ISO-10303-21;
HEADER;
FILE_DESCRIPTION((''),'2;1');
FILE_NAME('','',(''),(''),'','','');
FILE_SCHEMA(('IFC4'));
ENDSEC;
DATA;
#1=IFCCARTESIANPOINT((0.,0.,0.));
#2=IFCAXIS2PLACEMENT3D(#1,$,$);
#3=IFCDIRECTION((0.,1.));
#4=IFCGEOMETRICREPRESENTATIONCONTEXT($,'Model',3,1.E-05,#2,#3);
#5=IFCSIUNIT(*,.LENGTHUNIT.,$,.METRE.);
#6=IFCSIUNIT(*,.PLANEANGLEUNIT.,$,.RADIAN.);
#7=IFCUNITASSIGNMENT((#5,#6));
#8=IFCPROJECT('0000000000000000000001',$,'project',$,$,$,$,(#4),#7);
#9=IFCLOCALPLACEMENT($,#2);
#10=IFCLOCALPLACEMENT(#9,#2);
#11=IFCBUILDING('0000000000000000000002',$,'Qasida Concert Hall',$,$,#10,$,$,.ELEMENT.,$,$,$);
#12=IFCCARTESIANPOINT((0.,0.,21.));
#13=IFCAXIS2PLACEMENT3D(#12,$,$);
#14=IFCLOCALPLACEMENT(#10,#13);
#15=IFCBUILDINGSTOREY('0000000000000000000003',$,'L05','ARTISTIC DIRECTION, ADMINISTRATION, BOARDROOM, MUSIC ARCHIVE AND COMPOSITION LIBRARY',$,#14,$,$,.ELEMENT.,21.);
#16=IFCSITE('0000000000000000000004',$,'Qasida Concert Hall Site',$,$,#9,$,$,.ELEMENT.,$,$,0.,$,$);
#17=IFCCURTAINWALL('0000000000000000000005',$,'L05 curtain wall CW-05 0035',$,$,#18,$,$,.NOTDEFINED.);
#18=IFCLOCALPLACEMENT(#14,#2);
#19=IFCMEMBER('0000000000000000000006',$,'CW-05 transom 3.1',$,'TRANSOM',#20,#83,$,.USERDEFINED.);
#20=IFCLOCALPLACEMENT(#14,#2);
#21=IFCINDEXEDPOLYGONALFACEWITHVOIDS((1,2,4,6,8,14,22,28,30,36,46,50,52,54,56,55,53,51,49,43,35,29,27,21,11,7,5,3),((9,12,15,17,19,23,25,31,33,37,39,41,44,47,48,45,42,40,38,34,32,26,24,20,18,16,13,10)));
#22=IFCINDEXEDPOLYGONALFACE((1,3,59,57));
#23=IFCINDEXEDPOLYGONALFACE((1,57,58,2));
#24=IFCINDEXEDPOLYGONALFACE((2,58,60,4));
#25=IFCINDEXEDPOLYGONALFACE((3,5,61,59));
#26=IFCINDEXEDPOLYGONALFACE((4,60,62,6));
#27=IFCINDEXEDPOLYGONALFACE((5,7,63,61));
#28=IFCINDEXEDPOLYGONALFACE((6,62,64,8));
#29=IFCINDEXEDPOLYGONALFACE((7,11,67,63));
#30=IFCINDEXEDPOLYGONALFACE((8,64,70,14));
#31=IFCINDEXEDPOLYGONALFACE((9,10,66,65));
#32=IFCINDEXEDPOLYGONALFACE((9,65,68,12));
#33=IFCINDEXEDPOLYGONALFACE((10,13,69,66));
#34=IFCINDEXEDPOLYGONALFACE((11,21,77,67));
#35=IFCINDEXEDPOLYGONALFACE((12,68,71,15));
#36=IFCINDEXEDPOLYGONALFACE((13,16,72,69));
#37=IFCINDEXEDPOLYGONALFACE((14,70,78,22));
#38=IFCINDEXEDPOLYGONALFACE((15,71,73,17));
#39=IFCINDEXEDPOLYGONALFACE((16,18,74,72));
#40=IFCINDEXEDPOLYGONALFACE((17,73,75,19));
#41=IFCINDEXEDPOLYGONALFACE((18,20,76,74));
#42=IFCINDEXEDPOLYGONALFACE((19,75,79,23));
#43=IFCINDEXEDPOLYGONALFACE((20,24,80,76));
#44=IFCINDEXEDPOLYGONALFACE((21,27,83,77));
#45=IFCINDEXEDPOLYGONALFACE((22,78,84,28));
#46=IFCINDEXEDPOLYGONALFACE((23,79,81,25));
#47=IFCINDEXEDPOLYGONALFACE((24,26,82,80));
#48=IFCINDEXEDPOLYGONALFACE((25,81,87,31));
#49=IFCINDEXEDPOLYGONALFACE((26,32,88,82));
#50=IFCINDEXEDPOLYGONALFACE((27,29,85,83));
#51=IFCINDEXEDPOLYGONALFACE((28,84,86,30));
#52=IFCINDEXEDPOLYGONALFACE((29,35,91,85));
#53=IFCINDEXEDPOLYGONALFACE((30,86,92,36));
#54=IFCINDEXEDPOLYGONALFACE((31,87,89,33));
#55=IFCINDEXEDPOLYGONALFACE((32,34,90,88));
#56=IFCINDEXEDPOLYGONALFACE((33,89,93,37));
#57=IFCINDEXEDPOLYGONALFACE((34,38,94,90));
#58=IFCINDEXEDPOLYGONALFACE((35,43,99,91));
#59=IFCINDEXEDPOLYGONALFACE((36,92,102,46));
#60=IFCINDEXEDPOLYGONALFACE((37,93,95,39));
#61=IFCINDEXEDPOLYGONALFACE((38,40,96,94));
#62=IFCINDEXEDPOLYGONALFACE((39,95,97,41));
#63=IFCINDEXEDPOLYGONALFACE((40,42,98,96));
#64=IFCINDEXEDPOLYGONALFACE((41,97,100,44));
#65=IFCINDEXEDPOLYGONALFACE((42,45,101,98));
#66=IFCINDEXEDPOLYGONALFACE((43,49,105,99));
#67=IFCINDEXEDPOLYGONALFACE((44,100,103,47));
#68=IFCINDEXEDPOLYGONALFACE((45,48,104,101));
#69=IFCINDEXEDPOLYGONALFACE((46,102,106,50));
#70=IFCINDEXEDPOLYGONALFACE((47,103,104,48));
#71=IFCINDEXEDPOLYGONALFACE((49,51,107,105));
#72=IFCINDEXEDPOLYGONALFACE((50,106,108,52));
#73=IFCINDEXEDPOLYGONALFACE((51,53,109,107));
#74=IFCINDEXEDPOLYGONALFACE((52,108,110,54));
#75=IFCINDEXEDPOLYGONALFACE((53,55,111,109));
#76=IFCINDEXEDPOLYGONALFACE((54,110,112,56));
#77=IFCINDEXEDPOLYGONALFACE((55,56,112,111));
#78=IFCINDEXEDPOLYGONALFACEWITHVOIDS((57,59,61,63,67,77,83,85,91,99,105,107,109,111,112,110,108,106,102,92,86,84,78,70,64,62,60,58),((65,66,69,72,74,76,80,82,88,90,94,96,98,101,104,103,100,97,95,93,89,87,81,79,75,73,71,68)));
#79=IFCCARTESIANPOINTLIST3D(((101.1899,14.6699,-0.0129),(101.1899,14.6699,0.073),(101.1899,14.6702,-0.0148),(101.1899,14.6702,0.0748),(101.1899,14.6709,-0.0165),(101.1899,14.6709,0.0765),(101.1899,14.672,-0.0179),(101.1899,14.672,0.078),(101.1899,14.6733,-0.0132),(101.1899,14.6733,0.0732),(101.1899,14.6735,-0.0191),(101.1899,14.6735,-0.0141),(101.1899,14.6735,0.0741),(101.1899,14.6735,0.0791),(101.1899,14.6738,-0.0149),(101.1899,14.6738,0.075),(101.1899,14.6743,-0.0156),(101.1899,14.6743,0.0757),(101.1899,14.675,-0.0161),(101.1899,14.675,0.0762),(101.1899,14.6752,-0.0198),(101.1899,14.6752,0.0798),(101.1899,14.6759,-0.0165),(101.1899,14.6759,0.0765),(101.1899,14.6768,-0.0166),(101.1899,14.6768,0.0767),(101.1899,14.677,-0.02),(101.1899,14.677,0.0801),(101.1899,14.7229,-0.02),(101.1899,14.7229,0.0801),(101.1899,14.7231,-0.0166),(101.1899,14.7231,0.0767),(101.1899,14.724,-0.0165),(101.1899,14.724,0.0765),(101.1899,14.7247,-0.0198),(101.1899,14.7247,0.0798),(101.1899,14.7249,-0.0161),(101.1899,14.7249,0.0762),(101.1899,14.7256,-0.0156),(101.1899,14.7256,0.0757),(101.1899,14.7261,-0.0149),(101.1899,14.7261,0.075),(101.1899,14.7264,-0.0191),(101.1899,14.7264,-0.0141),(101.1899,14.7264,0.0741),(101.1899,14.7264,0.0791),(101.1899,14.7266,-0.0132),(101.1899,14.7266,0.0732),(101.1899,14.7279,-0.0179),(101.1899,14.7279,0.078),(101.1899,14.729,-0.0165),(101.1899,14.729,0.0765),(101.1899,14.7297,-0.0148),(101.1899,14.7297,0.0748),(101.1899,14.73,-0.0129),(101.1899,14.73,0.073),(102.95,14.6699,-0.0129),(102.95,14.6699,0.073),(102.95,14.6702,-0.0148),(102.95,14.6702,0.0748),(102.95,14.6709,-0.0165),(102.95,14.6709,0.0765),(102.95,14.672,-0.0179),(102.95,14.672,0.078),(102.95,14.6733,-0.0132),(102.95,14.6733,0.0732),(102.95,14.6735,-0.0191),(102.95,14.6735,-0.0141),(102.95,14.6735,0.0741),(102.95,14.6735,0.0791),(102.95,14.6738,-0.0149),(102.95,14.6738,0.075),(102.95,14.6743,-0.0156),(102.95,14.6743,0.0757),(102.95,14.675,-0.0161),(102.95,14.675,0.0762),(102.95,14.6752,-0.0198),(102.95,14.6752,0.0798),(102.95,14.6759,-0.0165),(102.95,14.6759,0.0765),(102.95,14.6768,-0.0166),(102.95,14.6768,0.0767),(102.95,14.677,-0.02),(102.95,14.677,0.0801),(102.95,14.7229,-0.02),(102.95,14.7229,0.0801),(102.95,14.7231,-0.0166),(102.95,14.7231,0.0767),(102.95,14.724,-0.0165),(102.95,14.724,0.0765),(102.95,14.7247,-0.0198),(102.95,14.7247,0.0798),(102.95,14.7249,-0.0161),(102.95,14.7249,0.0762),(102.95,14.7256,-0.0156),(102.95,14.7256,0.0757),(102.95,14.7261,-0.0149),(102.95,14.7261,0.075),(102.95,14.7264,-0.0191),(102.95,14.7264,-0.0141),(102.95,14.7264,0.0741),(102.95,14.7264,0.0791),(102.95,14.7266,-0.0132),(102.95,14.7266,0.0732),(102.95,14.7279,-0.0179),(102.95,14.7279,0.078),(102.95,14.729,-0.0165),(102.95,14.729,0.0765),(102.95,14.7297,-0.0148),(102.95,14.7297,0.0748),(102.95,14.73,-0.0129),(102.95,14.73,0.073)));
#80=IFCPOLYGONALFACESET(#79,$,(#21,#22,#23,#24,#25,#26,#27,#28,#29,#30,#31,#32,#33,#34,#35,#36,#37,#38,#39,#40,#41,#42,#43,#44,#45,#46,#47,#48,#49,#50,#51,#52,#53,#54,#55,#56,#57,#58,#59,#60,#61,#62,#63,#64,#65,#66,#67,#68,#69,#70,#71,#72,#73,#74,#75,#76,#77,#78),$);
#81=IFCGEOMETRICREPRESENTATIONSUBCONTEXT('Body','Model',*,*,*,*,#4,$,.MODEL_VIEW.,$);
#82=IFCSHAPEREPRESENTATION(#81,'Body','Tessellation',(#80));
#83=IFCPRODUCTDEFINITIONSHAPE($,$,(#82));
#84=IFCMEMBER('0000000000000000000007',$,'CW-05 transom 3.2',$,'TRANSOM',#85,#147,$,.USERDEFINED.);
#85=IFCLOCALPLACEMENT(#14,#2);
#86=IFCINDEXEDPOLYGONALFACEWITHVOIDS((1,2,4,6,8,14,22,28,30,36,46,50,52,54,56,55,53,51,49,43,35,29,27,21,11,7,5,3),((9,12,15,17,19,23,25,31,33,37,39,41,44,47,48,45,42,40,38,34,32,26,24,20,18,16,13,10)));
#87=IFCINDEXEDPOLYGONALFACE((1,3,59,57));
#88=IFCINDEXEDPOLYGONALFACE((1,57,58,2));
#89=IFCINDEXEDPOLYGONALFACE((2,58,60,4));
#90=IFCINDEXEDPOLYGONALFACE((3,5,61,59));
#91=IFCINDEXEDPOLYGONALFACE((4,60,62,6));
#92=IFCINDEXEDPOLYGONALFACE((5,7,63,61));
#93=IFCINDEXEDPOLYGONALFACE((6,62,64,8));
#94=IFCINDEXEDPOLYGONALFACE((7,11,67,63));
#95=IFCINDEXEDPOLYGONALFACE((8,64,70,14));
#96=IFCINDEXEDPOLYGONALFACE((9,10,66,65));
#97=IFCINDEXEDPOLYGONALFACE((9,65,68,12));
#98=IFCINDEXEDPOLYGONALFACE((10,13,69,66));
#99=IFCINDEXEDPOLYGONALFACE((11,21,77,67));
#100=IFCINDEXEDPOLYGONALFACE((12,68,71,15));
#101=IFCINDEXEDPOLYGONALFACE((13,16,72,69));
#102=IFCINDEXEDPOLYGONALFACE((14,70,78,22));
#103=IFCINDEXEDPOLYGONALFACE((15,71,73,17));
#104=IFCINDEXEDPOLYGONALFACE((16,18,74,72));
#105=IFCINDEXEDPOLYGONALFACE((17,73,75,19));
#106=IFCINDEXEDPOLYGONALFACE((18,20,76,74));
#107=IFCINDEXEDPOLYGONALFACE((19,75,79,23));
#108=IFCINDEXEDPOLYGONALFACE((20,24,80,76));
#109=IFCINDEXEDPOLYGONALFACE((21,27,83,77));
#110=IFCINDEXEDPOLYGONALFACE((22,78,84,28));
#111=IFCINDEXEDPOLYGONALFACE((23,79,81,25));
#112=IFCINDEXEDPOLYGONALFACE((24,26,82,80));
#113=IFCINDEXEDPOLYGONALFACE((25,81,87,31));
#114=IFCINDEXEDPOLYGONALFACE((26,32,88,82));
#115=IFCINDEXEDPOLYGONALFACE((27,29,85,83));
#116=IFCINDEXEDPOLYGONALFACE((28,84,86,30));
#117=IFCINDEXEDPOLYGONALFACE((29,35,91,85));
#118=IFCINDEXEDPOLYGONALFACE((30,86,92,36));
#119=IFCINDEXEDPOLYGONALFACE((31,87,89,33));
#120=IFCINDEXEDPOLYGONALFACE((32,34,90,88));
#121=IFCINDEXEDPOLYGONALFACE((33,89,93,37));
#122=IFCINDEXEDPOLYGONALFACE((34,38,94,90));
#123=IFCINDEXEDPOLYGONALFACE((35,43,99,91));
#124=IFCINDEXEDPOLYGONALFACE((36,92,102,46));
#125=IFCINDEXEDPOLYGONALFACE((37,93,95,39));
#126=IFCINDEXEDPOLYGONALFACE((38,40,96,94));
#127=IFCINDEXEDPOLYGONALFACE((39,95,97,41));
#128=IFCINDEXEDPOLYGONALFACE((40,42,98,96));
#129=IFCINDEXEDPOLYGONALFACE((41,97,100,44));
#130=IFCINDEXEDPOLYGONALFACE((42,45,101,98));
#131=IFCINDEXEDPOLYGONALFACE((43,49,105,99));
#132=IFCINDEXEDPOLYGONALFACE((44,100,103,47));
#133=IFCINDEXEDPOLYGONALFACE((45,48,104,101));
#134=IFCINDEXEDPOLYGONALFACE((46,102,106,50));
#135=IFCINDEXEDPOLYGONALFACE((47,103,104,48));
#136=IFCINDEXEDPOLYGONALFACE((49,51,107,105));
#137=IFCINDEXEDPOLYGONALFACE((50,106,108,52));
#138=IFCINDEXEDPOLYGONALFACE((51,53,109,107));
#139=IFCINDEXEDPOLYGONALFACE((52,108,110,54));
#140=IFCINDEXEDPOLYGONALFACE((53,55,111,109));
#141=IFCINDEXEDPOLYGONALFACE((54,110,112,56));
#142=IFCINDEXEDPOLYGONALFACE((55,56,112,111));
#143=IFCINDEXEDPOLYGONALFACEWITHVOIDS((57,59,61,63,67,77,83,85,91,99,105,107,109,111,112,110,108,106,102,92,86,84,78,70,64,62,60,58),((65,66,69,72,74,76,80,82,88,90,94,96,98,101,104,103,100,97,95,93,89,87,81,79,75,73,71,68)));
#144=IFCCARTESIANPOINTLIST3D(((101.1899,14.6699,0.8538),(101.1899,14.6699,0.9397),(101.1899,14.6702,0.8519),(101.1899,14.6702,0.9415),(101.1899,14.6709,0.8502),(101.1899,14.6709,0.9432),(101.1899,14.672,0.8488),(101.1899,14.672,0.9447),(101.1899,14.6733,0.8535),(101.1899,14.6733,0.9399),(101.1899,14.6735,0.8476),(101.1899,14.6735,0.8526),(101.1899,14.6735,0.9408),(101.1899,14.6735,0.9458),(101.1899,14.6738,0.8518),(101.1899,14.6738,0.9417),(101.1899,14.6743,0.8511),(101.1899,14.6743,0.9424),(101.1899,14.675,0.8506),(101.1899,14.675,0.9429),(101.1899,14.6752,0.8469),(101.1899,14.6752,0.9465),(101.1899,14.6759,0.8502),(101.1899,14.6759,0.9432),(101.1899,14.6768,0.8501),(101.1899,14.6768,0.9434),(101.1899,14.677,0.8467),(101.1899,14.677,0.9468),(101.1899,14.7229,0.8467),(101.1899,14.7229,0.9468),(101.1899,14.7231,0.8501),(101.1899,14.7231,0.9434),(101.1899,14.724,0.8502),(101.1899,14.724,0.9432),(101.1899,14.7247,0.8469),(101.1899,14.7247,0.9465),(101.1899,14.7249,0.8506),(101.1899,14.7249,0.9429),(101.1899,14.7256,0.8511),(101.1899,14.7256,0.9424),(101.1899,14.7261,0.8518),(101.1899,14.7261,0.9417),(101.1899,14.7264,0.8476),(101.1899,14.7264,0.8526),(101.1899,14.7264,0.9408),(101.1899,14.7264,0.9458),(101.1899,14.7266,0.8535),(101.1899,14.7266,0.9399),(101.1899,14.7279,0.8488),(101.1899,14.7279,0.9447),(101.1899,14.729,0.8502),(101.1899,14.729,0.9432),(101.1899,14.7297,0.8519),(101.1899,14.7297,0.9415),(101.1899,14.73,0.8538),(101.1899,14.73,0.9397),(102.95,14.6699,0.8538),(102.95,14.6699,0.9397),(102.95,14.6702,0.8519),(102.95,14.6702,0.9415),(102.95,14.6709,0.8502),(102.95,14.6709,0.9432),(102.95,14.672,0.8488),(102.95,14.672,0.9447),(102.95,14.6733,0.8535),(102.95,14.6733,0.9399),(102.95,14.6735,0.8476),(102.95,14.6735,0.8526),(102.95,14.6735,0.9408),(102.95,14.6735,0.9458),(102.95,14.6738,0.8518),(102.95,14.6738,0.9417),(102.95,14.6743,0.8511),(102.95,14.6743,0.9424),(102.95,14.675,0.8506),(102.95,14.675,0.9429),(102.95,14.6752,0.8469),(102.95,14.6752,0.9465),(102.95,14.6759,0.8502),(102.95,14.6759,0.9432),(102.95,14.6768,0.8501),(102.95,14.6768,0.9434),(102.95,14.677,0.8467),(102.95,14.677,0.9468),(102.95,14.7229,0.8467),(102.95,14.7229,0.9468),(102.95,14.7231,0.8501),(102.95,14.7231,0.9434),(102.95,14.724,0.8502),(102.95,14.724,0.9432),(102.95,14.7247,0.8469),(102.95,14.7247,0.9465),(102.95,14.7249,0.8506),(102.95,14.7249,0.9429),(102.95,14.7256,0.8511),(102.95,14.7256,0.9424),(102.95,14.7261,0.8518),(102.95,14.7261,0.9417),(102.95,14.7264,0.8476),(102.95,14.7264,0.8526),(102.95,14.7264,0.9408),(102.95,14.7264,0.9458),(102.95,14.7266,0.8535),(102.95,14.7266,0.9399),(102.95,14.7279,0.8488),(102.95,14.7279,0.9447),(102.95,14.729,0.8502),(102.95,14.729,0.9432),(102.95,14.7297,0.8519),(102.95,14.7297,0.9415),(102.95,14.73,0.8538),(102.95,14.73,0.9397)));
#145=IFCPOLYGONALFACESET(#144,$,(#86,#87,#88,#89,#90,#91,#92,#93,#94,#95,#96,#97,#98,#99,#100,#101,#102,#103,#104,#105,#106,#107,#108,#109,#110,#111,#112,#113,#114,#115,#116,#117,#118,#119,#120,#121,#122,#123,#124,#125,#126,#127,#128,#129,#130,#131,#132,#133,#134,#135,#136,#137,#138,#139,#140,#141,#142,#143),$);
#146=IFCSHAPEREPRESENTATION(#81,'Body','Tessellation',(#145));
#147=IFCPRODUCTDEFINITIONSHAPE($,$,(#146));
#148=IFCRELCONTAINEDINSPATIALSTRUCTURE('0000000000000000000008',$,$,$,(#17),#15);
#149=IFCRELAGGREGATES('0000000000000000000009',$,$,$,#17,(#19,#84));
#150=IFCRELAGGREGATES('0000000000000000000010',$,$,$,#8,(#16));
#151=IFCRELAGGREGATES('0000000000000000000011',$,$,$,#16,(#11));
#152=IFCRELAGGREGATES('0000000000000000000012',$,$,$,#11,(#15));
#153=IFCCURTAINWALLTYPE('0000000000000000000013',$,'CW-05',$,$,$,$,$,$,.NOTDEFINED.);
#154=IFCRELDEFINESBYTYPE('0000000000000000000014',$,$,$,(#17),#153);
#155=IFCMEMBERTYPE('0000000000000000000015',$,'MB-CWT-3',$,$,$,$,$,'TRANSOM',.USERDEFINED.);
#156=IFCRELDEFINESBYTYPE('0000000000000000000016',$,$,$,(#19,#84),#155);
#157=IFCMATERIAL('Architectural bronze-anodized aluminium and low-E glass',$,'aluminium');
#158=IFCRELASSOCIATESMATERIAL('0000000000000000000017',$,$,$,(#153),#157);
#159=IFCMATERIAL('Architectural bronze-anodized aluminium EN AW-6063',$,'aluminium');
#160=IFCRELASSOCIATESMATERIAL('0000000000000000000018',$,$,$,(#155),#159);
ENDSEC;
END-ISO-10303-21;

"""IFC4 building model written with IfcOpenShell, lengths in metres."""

from ifc_helpers import new_model, si_unit, direction, frame, origin, origin_2d, place, context, subcontext, project, spatial, hollow_rectangle, extrude, material, material_profile, profile_set, type_object, element, aggregate, save


model = new_model("IFC4")

# Units and contexts
model_context = context("Model", 3, precision=1e-05, world=origin(), true_north=direction((0.0, 1.0)))
body_context = subcontext(model_context, "Body", "Model", "MODEL_VIEW")
ifc_project = project(units=[si_unit("LENGTHUNIT", "METRE"), si_unit("PLANEANGLEUNIT", "RADIAN")], contexts=[model_context])

# Site, building, storey
site_placement = place(None, origin())
site = spatial("IfcSite", under=ifc_project, at=site_placement, Name="Qasida Concert Hall Site", CompositionType="ELEMENT", RefElevation=0.0)
building_placement = place(site_placement, origin())
building = spatial("IfcBuilding", under=site, at=building_placement, Name="Qasida Concert Hall", CompositionType="ELEMENT")
storey_placement = place(building_placement, frame((0.0, 0.0, 21.0)))
storey = spatial("IfcBuildingStorey", under=building, at=storey_placement, Name="L05", Description="ARTISTIC DIRECTION, ADMINISTRATION, BOARDROOM, MUSIC ARCHIVE AND COMPOSITION LIBRARY", CompositionType="ELEMENT", Elevation=21.0)

# Curtain wall, members
ifc_material_1 = material(Name="Architectural bronze-anodized aluminium and low-E glass", Category="aluminium")
curtain_wall_type = type_object("IfcCurtainWallType", Name="CW-05", PredefinedType="NOTDEFINED", material=ifc_material_1)
curtain_wall_placement = place(storey_placement, origin())
curtain_wall = element("IfcCurtainWall", 1, at=curtain_wall_placement, inside=storey, type_object=curtain_wall_type, Name="L05 curtain wall CW-05 0035", PredefinedType="NOTDEFINED")
ifc_material_2 = material(Name="Architectural bronze-anodized aluminium EN AW-6063", Category="aluminium")
ifc_material_profile_1 = material_profile(ifc_material_2, hollow_rectangle(XDim=0.0601, YDim=0.1001, WallThickness=0.0034, InnerFilletRadius=0.0034, OuterFilletRadius=0.0071, at=origin_2d()), Name="CWT 100x60x3.5")
ifc_profile_set_1 = profile_set([ifc_material_profile_1], Name="Architectural bronze-anodized aluminium EN AW-6063")
member_type_1 = type_object("IfcMemberType", Name="MB-CWT-3", ElementType="TRANSOM", PredefinedType="USERDEFINED", material=ifc_profile_set_1)
member_1_placement = place(storey_placement, frame((101.1899, 14.7, 0.03), z_axis=(1.0, 0.0, 0.0), x_axis=(0.0, 1.0, 0.0)))
member_1 = element("IfcMember", 2, at=member_1_placement, type_object=member_type_1, Name="CW-05 transom 3.1", ObjectType="TRANSOM", PredefinedType="USERDEFINED", context=body_context, shape_type="SweptSolid", body=[
    extrude(hollow_rectangle(XDim=0.0601, YDim=0.1001, WallThickness=0.0034, InnerFilletRadius=0.0034, OuterFilletRadius=0.0071, at=origin_2d()), origin(), (0.0, 0.0, 1.0), 1.76),
])
member_2_placement = place(storey_placement, frame((101.1899, 14.7, 0.8967), z_axis=(1.0, 0.0, 0.0), x_axis=(0.0, 1.0, 0.0)))
member_2 = element("IfcMember", 3, at=member_2_placement, type_object=member_type_1, Name="CW-05 transom 3.2", ObjectType="TRANSOM", PredefinedType="USERDEFINED", context=body_context, shape_type="SweptSolid", body=[
    extrude(hollow_rectangle(XDim=0.0601, YDim=0.1001, WallThickness=0.0034, InnerFilletRadius=0.0034, OuterFilletRadius=0.0071, at=origin_2d()), origin(), (0.0, 0.0, 1.0), 1.76),
])
aggregate(curtain_wall, [member_1, member_2])

save(model, "model.ifc")
